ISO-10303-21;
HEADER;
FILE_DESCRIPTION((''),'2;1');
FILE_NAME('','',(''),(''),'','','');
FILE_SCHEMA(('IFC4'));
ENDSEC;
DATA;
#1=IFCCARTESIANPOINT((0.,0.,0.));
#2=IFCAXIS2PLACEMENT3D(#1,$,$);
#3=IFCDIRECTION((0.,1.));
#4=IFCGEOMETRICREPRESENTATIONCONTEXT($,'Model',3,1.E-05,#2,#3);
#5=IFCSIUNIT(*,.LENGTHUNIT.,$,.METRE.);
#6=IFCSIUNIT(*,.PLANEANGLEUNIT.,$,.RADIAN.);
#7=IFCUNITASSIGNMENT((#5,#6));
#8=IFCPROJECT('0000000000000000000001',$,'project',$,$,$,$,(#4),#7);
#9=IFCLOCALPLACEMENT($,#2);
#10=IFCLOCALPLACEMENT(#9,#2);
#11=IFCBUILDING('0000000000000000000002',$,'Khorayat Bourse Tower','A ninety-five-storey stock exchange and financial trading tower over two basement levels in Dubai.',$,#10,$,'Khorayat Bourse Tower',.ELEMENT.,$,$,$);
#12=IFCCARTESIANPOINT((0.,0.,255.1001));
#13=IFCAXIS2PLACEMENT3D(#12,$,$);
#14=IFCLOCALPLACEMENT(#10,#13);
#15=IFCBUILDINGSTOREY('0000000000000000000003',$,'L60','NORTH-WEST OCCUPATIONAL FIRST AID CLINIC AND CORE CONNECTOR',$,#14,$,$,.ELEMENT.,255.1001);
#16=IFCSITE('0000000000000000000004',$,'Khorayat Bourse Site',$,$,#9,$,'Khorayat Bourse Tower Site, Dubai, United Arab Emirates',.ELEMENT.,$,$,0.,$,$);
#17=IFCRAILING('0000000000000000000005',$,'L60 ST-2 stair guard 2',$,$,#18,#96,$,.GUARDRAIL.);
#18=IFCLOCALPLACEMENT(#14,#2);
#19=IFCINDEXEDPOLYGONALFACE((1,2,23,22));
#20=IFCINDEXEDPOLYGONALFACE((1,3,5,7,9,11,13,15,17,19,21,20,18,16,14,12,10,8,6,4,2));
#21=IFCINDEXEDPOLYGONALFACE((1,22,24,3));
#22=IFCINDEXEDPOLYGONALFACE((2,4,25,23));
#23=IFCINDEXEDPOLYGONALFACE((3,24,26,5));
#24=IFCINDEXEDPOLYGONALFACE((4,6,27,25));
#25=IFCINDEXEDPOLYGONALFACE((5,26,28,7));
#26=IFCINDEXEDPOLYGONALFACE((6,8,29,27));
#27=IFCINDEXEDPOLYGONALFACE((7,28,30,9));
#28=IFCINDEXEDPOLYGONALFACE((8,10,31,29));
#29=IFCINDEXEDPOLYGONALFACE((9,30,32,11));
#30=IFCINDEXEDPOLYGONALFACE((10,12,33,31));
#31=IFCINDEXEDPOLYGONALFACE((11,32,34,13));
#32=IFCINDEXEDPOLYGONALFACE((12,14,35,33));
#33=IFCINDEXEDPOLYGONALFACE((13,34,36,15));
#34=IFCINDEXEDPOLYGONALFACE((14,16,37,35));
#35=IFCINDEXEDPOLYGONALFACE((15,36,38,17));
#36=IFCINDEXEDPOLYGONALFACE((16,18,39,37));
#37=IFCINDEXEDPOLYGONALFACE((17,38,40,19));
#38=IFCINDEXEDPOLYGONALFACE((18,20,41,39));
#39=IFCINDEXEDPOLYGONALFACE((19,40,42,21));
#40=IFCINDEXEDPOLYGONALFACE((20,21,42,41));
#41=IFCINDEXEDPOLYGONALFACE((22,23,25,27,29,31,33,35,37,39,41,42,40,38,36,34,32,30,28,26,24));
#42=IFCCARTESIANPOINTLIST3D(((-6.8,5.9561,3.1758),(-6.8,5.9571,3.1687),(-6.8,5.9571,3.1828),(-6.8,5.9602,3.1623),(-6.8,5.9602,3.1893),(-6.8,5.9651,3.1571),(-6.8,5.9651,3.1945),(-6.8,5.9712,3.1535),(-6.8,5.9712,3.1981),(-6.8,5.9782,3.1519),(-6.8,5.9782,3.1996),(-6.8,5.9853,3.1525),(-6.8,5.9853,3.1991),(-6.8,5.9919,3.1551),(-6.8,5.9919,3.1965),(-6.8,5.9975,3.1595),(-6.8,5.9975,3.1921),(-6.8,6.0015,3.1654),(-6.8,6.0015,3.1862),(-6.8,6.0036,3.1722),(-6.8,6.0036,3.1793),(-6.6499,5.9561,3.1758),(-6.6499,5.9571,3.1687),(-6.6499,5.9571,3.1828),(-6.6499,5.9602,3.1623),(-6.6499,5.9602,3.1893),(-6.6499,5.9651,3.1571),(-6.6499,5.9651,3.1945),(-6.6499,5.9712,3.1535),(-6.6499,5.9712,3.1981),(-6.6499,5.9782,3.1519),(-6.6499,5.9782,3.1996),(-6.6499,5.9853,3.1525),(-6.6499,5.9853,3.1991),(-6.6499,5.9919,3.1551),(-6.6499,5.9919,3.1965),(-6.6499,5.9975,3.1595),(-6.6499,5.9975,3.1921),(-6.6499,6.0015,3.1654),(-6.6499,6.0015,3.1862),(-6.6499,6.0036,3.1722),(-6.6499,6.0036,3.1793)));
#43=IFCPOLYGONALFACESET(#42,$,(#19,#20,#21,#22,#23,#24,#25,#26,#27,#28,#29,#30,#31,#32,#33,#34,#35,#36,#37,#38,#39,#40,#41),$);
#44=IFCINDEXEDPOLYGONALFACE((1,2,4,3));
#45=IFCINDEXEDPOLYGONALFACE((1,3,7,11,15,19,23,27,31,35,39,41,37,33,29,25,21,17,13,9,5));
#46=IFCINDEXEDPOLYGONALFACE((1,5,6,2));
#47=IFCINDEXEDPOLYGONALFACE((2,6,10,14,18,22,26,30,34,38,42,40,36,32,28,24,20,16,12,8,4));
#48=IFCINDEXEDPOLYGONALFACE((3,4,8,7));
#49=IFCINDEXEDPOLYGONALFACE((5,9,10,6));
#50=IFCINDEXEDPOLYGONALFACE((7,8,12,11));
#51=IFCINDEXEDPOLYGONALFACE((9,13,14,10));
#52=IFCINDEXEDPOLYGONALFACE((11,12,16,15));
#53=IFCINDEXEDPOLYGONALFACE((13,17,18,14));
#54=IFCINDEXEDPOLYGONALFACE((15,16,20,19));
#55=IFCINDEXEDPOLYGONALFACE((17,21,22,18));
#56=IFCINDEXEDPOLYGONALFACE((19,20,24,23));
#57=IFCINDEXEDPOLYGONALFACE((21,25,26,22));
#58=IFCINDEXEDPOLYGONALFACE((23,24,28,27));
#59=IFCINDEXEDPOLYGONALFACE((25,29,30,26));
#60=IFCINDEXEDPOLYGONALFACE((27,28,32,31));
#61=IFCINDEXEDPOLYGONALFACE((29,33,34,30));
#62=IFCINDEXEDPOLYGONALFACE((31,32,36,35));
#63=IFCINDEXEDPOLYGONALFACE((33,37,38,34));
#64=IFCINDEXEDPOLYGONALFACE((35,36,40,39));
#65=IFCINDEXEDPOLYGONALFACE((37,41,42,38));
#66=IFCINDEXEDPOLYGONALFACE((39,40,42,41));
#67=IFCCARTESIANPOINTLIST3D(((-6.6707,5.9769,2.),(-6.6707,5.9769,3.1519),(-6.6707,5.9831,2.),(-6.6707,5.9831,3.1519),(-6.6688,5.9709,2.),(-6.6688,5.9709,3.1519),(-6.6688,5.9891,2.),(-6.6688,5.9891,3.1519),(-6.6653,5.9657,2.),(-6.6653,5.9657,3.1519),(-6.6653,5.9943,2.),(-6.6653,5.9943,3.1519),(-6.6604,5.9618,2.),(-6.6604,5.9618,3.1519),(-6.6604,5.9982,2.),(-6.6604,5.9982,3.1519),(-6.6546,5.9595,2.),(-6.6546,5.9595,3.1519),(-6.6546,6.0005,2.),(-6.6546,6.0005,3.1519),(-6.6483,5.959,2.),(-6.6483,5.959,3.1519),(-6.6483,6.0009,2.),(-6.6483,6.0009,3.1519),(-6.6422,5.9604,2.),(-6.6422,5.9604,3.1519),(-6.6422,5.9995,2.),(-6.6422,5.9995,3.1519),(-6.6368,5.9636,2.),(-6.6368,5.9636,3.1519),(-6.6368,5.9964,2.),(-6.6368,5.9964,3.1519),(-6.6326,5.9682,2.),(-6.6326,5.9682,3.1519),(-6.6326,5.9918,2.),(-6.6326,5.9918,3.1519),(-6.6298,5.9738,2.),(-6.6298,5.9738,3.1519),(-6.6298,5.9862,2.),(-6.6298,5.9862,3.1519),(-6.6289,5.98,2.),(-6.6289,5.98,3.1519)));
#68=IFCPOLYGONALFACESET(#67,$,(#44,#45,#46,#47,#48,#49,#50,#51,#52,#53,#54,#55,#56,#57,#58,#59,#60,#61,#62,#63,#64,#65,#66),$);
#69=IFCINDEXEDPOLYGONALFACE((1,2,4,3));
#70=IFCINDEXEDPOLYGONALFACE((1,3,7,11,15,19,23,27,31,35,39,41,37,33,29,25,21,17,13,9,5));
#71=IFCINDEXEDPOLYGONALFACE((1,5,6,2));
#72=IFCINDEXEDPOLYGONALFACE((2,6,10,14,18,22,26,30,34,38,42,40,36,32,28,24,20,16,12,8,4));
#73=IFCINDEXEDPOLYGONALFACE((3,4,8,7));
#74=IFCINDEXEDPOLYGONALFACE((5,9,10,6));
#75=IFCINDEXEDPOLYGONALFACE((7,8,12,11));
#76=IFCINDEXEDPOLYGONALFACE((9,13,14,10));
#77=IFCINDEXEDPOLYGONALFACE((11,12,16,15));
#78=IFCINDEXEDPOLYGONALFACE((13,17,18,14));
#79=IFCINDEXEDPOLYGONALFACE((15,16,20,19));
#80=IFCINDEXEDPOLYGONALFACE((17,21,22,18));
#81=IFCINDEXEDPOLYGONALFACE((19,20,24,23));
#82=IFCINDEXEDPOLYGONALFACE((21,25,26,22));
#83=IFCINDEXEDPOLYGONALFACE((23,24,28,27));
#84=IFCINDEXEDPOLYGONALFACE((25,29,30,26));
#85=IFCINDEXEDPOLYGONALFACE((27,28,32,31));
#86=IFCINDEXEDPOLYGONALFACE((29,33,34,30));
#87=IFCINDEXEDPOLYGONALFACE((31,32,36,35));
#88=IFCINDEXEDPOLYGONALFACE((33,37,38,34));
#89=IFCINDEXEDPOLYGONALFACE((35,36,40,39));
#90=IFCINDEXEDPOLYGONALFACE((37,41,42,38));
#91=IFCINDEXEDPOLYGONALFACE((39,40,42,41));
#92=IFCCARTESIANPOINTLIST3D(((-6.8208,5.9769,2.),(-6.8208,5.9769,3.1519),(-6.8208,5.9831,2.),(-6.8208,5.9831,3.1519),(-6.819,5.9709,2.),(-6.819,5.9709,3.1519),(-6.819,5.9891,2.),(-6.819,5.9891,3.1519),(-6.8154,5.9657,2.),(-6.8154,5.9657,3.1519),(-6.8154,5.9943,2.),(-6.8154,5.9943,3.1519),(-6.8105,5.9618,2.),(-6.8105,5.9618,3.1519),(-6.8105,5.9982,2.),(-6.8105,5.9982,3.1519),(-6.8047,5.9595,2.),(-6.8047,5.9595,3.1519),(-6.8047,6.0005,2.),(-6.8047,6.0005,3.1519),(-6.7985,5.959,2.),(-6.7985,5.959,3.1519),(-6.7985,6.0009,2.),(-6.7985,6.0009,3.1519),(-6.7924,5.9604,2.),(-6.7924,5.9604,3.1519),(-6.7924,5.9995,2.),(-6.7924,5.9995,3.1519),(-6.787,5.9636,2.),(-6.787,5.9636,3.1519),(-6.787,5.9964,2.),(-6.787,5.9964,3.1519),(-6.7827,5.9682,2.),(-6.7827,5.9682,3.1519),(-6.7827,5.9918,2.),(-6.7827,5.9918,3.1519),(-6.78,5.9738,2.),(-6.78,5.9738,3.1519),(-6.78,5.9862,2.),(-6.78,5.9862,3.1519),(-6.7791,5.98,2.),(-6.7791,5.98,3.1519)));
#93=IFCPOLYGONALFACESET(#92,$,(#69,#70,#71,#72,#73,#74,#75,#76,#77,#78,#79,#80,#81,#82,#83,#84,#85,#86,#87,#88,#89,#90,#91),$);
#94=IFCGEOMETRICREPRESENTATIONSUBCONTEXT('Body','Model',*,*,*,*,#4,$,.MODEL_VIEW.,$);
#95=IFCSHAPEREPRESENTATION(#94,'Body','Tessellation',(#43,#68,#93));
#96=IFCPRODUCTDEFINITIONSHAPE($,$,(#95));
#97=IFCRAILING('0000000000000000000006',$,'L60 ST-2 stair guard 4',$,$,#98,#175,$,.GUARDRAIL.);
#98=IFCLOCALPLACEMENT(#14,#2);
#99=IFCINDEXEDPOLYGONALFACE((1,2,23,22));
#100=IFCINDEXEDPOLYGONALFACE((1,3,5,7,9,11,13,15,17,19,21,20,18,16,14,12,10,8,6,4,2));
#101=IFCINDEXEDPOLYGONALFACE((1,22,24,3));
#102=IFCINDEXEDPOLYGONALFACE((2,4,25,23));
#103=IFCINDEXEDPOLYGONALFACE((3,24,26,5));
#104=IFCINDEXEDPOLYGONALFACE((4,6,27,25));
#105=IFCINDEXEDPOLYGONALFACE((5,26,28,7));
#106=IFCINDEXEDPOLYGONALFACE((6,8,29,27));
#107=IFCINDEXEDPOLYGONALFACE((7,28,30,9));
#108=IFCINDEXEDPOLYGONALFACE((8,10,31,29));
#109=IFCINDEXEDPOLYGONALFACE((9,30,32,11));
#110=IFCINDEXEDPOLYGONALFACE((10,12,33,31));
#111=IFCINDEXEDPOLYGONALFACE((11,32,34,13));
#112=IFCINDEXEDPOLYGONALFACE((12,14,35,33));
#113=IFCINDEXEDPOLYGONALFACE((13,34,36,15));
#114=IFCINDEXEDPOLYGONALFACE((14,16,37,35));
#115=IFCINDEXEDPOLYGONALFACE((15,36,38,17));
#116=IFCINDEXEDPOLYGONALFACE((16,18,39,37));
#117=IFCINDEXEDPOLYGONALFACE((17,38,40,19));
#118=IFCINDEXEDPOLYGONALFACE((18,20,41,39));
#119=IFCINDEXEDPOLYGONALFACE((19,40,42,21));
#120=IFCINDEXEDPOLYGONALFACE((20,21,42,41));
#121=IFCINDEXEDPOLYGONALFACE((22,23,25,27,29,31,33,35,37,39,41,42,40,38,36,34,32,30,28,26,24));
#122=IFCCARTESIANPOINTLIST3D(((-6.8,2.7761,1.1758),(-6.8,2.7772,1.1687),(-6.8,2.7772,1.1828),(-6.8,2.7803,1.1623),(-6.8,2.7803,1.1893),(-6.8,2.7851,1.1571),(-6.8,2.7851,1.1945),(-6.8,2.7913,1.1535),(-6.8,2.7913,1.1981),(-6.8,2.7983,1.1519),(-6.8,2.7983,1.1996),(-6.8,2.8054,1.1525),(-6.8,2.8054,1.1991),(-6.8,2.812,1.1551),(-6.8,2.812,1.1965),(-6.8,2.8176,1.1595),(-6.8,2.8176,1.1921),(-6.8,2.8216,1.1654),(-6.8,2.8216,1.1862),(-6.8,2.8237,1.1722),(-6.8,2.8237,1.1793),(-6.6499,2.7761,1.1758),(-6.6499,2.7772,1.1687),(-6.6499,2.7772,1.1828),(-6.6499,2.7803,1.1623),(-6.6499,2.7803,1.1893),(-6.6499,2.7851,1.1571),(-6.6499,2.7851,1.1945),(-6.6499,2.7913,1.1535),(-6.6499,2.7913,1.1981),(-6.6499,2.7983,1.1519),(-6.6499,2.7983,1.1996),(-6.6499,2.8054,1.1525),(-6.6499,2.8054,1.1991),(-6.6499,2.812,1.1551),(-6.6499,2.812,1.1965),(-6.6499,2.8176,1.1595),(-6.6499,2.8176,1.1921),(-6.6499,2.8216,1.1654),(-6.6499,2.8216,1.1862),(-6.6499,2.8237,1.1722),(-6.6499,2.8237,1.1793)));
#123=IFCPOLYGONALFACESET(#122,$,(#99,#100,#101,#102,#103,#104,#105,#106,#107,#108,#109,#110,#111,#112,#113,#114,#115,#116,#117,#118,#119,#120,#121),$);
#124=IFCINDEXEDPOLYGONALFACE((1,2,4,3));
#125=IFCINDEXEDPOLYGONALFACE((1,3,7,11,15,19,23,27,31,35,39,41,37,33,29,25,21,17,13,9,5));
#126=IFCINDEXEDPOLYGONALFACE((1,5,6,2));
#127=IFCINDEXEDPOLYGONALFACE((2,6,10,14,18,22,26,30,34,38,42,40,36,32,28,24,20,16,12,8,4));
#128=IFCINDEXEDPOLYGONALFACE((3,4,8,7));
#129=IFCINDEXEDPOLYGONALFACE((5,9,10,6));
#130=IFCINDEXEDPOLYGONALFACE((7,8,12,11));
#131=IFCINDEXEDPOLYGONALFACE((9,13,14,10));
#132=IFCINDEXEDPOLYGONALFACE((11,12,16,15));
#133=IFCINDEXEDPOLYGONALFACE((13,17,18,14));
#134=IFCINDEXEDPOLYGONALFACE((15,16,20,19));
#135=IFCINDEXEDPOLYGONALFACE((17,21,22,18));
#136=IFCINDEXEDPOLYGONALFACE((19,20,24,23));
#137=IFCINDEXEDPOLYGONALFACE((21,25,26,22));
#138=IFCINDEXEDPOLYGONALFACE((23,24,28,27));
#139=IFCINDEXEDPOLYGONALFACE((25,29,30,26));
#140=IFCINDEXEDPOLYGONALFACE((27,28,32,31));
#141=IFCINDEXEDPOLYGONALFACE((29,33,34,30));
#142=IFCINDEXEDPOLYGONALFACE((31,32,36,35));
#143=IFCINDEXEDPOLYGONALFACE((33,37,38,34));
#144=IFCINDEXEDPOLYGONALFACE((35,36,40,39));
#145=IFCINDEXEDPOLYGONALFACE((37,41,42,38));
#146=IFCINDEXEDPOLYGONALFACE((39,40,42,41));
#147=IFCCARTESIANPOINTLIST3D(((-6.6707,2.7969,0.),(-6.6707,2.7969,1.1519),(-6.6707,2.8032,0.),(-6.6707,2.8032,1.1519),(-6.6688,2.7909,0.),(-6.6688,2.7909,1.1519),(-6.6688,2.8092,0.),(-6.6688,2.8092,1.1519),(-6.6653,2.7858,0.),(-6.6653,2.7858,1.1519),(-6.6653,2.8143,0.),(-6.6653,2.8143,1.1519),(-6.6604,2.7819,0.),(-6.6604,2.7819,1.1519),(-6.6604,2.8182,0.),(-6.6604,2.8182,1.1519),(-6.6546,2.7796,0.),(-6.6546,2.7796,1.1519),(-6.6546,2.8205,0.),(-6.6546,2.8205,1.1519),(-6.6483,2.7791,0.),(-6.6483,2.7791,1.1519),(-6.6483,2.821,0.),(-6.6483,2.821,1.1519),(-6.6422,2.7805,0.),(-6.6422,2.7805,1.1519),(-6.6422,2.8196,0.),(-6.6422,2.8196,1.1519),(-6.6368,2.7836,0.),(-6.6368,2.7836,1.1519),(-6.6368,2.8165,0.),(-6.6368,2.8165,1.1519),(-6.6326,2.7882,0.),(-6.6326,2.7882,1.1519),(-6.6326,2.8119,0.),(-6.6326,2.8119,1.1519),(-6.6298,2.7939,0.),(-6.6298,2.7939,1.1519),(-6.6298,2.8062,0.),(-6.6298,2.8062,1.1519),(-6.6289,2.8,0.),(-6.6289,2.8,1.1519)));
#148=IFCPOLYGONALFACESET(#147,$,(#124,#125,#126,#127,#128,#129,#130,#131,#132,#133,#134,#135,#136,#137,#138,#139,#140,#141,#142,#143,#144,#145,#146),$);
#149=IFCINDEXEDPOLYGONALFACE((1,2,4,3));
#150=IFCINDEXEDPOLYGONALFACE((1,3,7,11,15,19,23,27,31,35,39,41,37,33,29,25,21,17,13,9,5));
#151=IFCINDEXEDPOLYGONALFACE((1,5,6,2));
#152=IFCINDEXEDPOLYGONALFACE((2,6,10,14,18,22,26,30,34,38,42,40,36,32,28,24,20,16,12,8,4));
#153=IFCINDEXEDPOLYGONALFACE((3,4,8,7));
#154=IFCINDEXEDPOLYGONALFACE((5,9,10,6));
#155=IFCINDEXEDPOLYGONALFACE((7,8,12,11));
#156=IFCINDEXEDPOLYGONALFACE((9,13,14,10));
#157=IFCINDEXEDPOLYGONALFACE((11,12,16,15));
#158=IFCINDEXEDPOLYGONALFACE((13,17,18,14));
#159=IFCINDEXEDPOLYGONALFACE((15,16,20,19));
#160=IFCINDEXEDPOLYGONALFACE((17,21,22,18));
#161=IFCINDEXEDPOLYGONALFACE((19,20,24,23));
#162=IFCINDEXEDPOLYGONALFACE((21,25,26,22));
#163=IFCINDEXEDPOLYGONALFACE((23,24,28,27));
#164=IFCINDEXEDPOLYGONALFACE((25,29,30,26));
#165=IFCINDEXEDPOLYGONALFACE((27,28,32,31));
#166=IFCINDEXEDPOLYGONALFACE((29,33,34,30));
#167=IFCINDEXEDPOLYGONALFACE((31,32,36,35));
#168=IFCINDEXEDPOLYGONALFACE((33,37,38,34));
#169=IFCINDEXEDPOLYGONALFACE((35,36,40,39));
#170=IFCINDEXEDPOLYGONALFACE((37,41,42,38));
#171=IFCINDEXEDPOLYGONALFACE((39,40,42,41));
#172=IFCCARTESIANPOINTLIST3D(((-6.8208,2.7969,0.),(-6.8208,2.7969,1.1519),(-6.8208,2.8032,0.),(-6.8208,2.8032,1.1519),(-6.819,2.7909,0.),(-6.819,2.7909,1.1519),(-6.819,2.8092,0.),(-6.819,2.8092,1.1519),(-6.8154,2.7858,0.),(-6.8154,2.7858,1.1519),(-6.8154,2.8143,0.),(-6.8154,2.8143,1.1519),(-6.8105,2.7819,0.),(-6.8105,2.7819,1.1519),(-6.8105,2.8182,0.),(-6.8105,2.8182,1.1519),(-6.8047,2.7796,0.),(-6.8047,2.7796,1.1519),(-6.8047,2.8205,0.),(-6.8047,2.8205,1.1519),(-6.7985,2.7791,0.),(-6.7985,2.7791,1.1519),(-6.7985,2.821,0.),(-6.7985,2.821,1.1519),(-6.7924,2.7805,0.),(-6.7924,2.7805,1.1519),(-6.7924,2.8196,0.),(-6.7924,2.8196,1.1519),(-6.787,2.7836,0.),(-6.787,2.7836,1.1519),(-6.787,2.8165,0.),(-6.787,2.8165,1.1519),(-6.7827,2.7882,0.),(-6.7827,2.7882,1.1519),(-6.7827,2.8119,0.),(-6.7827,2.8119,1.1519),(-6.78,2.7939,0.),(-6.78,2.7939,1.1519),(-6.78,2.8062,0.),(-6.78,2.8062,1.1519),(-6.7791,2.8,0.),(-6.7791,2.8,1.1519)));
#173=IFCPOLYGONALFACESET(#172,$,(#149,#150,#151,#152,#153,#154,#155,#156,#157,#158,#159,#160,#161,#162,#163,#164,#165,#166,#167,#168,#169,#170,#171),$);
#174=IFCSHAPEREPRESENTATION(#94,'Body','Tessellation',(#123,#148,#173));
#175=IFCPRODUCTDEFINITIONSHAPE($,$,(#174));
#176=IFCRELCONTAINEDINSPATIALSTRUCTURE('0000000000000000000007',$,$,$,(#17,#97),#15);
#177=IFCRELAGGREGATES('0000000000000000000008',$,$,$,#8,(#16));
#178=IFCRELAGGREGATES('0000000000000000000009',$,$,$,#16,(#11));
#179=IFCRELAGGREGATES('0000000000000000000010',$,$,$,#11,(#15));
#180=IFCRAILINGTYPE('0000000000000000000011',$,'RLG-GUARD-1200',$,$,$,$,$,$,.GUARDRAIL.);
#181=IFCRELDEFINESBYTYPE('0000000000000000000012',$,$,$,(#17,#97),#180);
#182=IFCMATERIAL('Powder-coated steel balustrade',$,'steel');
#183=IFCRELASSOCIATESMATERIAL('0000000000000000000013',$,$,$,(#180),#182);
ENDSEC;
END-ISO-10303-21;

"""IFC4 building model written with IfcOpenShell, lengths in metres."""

from ifc_helpers import new_model, si_unit, direction, frame, origin, origin_2d, place, context, subcontext, project, spatial, circle, extrude, source, transform, mapped, material, type_object, element, save


model = new_model("IFC4")

# Units and contexts
model_context = context("Model", 3, precision=1e-05, world=origin(), true_north=direction((0.0, 1.0)))
body_context = subcontext(model_context, "Body", "Model", "MODEL_VIEW")
ifc_project = project(units=[si_unit("LENGTHUNIT", "METRE"), si_unit("PLANEANGLEUNIT", "RADIAN")], contexts=[model_context])

# Site, building, storey
site_placement = place(None, origin())
site = spatial("IfcSite", under=ifc_project, at=site_placement, Name="Khorayat Bourse Site", LongName="Khorayat Bourse Tower Site, Dubai, United Arab Emirates", CompositionType="ELEMENT", RefElevation=0.0)
building_placement = place(site_placement, origin())
building = spatial("IfcBuilding", under=site, at=building_placement, Name="Khorayat Bourse Tower", Description="A ninety-five-storey stock exchange and financial trading tower over two basement levels in Dubai.", LongName="Khorayat Bourse Tower", CompositionType="ELEMENT")
storey_placement = place(building_placement, frame((0.0, 0.0, 255.1001)))
storey = spatial("IfcBuildingStorey", under=building, at=storey_placement, Name="L60", Description="NORTH-WEST OCCUPATIONAL FIRST AID CLINIC AND CORE CONNECTOR", CompositionType="ELEMENT", Elevation=255.1001)

# Railings
ifc_material_1 = material(Name="Powder-coated steel balustrade", Category="steel")
railing_type_1 = type_object("IfcRailingType", Name="RLG-GUARD-1200", PredefinedType="GUARDRAIL", material=ifc_material_1)
shared_shape_1 = source(origin(), body_context, "Body", "SweptSolid", [
    extrude(circle(Radius=0.0239, at=origin_2d()), frame((0.0, 0.0, 1.1758), z_axis=(-1.0, 0.0, 0.0), x_axis=(0.0, -1.0, 0.0)), (0.0, 0.0, 1.0), 0.1501),
    extrude(circle(Radius=0.021, at=origin_2d()), origin(), (0.0, 0.0, 1.0), 1.1519),
    extrude(circle(Radius=0.021, at=origin_2d()), frame((-0.1501, 0.0, 0.0)), (0.0, 0.0, 1.0), 1.1519),
])
for number, where, name in (
    (1, (-6.6499, 5.98, 2.0), "L60 ST-2 stair guard 2"),
    (2, (-6.6499, 2.8, 0.0), "L60 ST-2 stair guard 4"),
):
    element("IfcRailing", number, at=place(storey_placement, frame(where)), inside=storey, type_object=railing_type_1, Name=name, PredefinedType="GUARDRAIL", context=body_context, shape_type="MappedRepresentation", body=[
        mapped(shared_shape_1, transform((0.0, 0.0, 0.0), scale=1.0)),
    ])

save(model, "model.ifc")
